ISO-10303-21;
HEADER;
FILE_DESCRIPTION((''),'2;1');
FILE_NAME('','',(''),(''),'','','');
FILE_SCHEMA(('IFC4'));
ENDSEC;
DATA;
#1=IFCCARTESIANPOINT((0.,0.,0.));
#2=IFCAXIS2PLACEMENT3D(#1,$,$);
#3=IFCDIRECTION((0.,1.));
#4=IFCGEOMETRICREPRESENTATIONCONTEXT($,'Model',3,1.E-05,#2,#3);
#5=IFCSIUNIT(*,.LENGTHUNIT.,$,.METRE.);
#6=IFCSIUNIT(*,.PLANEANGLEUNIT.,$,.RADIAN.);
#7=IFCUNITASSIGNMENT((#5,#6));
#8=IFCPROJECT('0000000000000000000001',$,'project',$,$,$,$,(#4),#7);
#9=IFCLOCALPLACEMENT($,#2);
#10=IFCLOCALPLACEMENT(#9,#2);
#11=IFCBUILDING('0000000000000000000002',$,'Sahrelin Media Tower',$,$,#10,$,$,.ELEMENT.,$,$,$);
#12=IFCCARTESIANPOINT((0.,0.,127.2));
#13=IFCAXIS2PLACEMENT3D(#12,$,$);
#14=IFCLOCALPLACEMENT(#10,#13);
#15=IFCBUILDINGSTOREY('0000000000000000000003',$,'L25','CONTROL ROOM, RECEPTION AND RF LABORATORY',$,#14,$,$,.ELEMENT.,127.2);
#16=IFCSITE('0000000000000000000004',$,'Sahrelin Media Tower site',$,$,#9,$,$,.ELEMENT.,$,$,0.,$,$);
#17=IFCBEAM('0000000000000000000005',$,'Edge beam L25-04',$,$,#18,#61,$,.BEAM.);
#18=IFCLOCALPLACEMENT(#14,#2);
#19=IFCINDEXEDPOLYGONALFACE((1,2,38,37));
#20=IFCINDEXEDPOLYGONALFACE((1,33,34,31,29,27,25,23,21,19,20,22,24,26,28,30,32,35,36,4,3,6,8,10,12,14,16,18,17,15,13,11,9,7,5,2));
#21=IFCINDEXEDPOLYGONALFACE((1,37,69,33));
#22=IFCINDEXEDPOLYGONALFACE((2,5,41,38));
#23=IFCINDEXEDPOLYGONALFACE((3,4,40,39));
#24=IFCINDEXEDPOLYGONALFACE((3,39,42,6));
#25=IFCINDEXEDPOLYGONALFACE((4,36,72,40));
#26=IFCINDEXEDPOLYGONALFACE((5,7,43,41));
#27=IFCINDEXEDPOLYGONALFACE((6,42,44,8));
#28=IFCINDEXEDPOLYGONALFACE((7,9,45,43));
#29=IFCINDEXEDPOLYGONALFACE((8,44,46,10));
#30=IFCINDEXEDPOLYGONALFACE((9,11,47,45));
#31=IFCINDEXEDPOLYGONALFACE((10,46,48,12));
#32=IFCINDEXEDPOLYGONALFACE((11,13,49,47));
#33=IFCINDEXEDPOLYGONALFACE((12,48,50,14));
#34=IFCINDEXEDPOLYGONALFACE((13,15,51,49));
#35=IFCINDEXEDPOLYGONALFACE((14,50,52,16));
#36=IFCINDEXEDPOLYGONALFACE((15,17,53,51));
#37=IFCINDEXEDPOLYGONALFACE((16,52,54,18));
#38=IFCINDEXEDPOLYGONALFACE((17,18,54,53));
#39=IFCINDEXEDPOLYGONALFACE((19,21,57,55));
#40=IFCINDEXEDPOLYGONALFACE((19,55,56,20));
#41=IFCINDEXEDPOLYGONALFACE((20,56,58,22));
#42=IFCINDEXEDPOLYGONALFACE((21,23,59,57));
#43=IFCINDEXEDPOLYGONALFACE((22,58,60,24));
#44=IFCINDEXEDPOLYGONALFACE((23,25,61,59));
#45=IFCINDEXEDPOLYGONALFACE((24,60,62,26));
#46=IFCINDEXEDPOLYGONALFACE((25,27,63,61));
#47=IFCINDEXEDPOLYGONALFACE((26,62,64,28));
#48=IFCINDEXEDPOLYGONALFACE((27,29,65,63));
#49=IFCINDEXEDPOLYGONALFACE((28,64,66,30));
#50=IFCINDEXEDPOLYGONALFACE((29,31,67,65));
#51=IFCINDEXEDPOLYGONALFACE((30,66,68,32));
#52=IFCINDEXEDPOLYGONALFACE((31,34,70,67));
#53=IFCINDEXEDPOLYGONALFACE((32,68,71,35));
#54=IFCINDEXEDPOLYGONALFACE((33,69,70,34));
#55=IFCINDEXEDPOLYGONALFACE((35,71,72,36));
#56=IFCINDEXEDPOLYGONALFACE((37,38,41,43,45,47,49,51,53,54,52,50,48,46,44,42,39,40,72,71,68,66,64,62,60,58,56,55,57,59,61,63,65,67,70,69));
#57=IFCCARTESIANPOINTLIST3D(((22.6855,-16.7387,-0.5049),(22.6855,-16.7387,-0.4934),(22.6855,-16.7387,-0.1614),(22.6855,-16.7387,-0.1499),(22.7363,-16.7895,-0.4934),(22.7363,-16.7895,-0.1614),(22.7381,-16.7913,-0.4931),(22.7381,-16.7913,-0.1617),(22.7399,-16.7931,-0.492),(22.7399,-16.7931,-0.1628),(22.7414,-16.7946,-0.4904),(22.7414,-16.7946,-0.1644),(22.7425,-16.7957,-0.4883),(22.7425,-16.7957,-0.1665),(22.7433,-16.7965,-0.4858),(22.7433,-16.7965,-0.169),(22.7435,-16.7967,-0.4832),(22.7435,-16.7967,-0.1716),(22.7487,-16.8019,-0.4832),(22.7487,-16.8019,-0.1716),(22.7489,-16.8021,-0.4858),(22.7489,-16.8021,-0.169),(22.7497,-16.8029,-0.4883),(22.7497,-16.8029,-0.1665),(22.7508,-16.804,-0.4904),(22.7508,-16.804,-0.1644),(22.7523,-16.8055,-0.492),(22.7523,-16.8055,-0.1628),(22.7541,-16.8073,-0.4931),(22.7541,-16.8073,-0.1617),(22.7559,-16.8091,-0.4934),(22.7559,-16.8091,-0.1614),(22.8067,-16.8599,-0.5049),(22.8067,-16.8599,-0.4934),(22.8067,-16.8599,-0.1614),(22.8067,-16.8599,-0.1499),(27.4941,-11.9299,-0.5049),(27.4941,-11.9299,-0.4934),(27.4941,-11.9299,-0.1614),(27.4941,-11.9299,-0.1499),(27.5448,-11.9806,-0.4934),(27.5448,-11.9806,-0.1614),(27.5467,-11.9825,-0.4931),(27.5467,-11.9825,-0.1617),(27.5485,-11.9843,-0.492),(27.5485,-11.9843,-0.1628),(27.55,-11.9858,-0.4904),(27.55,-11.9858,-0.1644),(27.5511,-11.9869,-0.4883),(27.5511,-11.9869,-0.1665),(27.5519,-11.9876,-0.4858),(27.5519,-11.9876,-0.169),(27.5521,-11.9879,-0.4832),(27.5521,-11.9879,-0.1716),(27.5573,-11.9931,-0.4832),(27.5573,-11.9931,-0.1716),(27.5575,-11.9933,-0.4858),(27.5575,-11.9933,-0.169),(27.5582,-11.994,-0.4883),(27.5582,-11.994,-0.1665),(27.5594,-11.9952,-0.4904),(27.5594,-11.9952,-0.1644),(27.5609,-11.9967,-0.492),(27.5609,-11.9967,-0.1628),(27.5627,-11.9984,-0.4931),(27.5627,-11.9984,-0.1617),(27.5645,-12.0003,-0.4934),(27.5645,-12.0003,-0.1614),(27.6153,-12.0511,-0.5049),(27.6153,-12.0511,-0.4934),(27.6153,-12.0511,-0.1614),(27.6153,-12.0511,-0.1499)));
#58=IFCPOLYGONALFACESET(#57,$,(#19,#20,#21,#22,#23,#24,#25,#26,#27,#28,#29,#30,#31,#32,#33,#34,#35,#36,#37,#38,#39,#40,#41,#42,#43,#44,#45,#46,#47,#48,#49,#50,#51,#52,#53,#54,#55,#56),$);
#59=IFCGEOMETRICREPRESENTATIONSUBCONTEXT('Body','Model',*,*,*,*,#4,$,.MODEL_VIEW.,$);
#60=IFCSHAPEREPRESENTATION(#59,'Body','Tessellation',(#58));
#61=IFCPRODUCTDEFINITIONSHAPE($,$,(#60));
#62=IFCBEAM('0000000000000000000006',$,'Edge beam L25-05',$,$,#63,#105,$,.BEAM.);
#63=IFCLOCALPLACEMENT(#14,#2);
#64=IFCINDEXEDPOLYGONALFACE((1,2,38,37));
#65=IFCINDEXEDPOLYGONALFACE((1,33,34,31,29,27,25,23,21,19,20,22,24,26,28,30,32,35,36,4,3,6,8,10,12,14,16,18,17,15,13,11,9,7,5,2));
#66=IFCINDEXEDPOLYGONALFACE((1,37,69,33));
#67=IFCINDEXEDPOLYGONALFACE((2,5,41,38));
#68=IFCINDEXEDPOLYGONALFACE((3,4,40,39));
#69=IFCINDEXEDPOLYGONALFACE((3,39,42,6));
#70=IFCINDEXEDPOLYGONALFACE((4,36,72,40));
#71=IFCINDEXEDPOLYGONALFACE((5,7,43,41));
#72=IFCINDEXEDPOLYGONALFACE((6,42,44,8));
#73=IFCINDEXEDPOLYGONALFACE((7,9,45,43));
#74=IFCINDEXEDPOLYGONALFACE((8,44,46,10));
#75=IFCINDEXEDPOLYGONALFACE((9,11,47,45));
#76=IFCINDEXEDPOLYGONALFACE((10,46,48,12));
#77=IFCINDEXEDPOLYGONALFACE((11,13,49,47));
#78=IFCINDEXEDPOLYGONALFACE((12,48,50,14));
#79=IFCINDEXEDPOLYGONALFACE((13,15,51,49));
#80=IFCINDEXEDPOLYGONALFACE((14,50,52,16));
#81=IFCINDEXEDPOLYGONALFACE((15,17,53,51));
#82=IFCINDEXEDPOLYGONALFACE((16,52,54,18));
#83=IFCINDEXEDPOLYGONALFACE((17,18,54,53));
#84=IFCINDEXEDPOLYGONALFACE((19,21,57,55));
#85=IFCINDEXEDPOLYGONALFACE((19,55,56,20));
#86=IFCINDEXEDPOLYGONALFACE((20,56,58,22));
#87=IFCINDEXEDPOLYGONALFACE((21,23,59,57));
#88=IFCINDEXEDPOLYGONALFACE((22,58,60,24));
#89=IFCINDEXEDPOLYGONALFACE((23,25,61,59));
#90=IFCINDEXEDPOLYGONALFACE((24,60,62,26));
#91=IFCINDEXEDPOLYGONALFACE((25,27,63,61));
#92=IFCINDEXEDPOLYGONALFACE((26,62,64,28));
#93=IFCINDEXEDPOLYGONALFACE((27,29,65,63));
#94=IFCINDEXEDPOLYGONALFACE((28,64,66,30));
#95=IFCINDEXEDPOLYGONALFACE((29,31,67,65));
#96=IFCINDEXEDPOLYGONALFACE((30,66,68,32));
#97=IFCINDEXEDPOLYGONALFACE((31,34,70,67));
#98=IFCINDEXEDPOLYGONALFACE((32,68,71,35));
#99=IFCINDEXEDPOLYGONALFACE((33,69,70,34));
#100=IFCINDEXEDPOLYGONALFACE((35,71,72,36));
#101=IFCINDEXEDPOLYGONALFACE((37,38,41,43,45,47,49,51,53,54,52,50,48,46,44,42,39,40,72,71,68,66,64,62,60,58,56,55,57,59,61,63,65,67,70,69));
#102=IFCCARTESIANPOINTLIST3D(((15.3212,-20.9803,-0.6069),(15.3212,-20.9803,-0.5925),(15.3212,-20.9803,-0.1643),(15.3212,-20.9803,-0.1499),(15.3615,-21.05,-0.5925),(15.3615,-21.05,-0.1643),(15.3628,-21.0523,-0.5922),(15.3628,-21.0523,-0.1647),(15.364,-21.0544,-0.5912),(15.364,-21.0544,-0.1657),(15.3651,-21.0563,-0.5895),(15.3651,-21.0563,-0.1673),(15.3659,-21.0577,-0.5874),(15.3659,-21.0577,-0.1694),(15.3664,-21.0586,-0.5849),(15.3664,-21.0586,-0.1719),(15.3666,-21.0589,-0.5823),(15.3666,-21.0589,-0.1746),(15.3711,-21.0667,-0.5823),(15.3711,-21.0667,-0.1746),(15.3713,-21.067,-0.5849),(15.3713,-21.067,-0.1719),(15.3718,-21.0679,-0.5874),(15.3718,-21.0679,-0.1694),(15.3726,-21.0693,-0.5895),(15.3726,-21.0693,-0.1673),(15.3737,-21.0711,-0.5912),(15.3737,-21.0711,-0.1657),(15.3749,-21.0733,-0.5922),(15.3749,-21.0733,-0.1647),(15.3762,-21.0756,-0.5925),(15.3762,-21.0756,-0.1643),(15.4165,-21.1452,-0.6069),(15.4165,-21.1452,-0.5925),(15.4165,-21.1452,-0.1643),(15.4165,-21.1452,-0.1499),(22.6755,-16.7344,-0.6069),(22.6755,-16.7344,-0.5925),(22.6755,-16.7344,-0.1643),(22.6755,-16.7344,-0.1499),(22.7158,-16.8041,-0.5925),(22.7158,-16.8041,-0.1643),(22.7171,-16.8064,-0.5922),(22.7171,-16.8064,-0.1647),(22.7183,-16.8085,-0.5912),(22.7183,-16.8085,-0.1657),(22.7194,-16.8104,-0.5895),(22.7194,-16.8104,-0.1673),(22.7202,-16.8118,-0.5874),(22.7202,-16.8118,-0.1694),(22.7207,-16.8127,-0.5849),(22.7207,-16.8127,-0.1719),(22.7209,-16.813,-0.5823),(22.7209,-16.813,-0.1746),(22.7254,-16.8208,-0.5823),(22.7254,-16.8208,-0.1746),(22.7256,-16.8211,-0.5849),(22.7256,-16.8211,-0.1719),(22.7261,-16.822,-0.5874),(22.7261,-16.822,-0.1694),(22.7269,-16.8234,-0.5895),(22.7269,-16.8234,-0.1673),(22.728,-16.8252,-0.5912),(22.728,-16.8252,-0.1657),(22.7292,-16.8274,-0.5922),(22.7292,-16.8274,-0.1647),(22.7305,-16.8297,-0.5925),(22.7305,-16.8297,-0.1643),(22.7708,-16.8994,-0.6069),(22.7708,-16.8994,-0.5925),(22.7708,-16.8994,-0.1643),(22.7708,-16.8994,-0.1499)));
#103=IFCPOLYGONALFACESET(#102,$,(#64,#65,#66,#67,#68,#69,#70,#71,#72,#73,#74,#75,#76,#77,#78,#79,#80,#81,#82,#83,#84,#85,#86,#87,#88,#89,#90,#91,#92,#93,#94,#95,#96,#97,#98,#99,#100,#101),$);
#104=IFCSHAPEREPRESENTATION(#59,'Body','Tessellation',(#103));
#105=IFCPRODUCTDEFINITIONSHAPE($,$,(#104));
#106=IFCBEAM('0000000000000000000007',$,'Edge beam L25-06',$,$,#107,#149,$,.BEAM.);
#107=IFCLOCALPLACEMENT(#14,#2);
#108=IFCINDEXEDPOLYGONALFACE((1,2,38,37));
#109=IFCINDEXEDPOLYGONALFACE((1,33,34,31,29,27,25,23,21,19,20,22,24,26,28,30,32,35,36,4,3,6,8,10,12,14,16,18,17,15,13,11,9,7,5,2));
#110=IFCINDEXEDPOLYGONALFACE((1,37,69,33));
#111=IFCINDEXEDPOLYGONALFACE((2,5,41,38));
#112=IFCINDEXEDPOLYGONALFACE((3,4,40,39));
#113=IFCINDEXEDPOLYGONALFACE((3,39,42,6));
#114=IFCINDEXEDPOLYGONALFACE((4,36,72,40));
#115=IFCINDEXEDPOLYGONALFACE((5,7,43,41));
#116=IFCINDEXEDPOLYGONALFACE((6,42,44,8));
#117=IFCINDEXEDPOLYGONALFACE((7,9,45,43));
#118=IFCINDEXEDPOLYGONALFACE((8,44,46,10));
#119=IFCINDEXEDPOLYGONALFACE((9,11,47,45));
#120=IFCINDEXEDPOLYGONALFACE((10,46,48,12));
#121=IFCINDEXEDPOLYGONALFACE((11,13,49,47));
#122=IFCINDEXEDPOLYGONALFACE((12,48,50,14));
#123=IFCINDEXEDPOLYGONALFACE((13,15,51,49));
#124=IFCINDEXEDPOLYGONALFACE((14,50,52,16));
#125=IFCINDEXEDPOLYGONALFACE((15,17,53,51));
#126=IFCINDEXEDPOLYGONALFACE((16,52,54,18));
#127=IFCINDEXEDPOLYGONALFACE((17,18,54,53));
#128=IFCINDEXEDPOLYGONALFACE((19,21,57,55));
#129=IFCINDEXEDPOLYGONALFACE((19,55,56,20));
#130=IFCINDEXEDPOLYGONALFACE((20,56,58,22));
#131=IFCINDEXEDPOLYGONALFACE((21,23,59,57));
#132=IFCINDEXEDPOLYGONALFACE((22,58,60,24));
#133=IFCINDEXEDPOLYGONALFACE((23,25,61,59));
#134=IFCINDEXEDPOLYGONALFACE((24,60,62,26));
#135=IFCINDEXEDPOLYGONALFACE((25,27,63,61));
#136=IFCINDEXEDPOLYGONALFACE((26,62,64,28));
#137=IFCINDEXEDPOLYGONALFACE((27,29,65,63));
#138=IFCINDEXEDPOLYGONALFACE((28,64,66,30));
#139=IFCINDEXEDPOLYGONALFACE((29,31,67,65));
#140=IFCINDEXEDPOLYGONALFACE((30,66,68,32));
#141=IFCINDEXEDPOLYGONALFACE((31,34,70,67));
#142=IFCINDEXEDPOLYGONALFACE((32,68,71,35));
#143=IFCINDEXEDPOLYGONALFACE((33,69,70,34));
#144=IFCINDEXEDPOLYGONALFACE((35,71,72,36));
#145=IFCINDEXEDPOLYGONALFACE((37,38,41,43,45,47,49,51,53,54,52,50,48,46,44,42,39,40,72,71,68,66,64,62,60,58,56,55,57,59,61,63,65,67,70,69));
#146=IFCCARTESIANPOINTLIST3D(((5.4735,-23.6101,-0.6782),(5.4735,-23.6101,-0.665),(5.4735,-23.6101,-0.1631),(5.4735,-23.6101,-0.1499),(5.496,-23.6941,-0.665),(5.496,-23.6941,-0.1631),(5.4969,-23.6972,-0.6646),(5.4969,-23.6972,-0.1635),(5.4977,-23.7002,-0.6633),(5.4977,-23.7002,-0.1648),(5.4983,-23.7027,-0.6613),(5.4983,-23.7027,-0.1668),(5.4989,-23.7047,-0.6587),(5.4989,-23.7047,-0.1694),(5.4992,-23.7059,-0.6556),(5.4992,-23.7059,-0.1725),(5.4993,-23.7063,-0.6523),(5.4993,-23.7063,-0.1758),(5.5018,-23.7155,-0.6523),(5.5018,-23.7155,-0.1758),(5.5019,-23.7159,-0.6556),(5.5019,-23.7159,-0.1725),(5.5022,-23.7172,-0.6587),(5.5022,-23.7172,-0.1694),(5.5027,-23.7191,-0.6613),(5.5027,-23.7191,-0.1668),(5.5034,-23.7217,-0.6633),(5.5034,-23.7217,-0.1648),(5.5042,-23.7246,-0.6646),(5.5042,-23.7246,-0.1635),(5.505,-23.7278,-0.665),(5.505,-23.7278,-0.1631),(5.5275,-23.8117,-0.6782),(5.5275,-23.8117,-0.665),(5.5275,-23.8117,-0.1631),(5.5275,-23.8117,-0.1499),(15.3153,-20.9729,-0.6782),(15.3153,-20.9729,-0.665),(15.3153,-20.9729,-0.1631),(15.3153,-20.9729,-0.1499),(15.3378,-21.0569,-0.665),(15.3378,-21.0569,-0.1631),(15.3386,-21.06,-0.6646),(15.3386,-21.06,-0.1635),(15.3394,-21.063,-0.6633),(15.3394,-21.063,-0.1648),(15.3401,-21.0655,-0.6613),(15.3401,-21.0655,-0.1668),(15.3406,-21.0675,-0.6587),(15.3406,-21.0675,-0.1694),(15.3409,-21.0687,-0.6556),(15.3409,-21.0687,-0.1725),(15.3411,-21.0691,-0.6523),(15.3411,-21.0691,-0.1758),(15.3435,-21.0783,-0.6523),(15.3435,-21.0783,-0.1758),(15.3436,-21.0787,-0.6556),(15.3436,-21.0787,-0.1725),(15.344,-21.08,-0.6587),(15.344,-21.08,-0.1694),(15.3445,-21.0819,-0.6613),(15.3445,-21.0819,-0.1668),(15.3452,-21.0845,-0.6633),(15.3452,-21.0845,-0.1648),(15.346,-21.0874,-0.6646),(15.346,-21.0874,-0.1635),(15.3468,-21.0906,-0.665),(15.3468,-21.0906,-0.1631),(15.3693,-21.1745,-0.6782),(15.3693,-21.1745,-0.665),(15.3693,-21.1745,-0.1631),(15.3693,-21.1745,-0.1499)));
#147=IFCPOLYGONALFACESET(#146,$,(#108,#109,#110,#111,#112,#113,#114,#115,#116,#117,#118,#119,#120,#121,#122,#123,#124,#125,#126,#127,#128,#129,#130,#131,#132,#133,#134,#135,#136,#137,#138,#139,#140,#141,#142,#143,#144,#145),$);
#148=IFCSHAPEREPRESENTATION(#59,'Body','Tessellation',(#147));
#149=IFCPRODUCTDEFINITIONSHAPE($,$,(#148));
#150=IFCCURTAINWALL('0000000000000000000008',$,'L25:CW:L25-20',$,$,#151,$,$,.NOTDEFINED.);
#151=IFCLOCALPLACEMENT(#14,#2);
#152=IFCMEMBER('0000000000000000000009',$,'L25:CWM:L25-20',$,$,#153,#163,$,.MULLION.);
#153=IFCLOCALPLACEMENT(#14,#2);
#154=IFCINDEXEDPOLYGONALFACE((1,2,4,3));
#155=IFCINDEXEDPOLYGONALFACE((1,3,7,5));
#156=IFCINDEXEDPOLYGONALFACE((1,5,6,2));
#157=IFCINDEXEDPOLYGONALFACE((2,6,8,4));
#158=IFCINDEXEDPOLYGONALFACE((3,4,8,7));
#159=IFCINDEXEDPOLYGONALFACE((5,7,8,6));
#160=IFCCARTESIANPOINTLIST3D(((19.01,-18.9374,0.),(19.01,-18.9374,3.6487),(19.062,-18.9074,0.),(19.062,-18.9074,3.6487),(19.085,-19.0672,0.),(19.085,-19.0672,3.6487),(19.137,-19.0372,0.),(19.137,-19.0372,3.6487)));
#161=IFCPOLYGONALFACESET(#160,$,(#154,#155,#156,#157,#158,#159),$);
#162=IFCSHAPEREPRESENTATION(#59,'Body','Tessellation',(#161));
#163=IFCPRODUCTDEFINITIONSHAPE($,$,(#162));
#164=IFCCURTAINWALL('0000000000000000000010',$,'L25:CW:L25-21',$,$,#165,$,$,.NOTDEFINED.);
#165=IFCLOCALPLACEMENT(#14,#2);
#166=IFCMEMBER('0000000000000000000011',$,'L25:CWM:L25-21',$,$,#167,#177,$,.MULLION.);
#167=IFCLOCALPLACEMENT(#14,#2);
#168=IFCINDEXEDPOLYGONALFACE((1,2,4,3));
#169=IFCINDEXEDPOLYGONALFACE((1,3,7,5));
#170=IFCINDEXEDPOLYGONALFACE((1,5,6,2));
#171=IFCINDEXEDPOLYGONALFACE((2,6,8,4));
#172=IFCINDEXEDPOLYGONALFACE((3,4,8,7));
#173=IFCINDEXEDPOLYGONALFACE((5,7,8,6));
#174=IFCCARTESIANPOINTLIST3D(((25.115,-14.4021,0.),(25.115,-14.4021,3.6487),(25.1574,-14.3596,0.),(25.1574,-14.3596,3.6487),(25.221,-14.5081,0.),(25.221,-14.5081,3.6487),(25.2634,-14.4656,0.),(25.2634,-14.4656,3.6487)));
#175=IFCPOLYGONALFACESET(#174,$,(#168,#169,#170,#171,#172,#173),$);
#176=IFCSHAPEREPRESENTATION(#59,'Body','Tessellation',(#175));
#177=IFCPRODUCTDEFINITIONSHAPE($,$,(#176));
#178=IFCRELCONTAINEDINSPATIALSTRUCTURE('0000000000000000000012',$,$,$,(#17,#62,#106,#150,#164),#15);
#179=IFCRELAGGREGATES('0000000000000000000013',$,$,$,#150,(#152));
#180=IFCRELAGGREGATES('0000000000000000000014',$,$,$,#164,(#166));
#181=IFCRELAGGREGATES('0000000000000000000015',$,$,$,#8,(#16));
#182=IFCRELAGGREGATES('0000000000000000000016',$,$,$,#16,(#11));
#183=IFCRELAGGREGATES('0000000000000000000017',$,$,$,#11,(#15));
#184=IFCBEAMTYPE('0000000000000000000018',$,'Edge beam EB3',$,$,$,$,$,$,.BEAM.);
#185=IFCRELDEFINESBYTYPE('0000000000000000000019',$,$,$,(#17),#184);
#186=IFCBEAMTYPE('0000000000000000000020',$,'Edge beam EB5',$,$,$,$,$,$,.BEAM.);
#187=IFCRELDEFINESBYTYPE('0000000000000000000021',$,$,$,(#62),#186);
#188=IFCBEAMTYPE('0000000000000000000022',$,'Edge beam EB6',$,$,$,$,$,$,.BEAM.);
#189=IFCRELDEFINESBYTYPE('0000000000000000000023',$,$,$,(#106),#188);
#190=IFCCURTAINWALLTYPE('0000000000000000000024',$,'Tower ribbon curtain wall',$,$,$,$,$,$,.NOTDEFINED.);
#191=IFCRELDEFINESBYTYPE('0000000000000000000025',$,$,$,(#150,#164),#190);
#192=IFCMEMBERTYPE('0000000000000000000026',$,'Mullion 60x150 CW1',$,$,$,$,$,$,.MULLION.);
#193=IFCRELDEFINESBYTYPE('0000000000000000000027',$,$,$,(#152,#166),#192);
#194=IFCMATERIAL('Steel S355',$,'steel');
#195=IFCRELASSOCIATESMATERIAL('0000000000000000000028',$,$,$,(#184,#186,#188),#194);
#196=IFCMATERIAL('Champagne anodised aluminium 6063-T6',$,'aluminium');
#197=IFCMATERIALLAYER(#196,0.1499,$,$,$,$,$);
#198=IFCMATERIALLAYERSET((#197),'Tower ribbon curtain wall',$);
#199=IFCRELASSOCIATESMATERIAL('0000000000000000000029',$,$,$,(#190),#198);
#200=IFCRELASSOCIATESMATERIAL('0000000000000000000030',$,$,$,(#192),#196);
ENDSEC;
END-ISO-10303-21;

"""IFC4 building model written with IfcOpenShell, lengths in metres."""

from ifc_helpers import new_model, si_unit, direction, frame, origin, origin_2d, place, context, subcontext, project, spatial, rectangle, i_section, extrude, material, layer, layer_set, material_profile, profile_set, type_object, element, aggregate, save


model = new_model("IFC4")

# Units and contexts
model_context = context("Model", 3, precision=1e-05, world=origin(), true_north=direction((0.0, 1.0)))
body_context = subcontext(model_context, "Body", "Model", "MODEL_VIEW")
ifc_project = project(units=[si_unit("LENGTHUNIT", "METRE"), si_unit("PLANEANGLEUNIT", "RADIAN")], contexts=[model_context])

# Site, building, storey
site_placement = place(None, origin())
site = spatial("IfcSite", under=ifc_project, at=site_placement, Name="Sahrelin Media Tower site", CompositionType="ELEMENT", RefElevation=0.0)
building_placement = place(site_placement, origin())
building = spatial("IfcBuilding", under=site, at=building_placement, Name="Sahrelin Media Tower", CompositionType="ELEMENT")
storey_placement = place(building_placement, frame((0.0, 0.0, 127.2)))
storey = spatial("IfcBuildingStorey", under=building, at=storey_placement, Name="L25", Description="CONTROL ROOM, RECEPTION AND RF LABORATORY", CompositionType="ELEMENT", Elevation=127.2)

# Beams
ifc_material_1 = material(Name="Steel S355", Category="steel")
ifc_material_profile_1 = material_profile(ifc_material_1, i_section(OverallWidth=0.1714, OverallDepth=0.355, WebThickness=0.0073, FlangeThickness=0.0115, FilletRadius=0.0103, at=origin_2d()), Name="UB 356x171x51")
ifc_profile_set_1 = profile_set([ifc_material_profile_1], Name="Steel S355")
beam_type_1 = type_object("IfcBeamType", Name="Edge beam EB3", PredefinedType="BEAM", material=ifc_profile_set_1)
beam_1_placement = place(storey_placement, frame((27.5547, -11.9905, -0.3274), z_axis=(-0.707089, -0.707125, 0.0), x_axis=(0.707125, -0.707089, 0.0)))
element("IfcBeam", 1, at=beam_1_placement, inside=storey, type_object=beam_type_1, Name="Edge beam L25-04", PredefinedType="BEAM", context=body_context, shape_type="SweptSolid", body=[
    extrude(i_section(OverallWidth=0.1714, OverallDepth=0.355, WebThickness=0.0073, FlangeThickness=0.0115, FilletRadius=0.0103, at=origin_2d()), origin(), (0.0, 0.0, 1.0), 6.8005),
])
ifc_material_profile_2 = material_profile(ifc_material_1, i_section(OverallWidth=0.1904, OverallDepth=0.457, WebThickness=0.009, FlangeThickness=0.0144, FilletRadius=0.0103, at=origin_2d()), Name="UB 457x191x74")
ifc_profile_set_2 = profile_set([ifc_material_profile_2], Name="Steel S355")
beam_type_2 = type_object("IfcBeamType", Name="Edge beam EB5", PredefinedType="BEAM", material=ifc_profile_set_2)
beam_2_placement = place(storey_placement, frame((22.7231, -16.8169, -0.3784), z_axis=(-0.866032, -0.499989, 0.0), x_axis=(0.499989, -0.866032, 0.0)))
element("IfcBeam", 2, at=beam_2_placement, inside=storey, type_object=beam_type_2, Name="Edge beam L25-05", PredefinedType="BEAM", context=body_context, shape_type="SweptSolid", body=[
    extrude(i_section(OverallWidth=0.1904, OverallDepth=0.457, WebThickness=0.009, FlangeThickness=0.0144, FilletRadius=0.0103, at=origin_2d()), origin(), (0.0, 0.0, 1.0), 8.4919),
])
ifc_material_profile_3 = material_profile(ifc_material_1, i_section(OverallWidth=0.2087, OverallDepth=0.5283, WebThickness=0.0095, FlangeThickness=0.0132, FilletRadius=0.0127, at=origin_2d()), Name="UB 533x210x82")
ifc_profile_set_3 = profile_set([ifc_material_profile_3], Name="Steel S355")
beam_type_3 = type_object("IfcBeamType", Name="Edge beam EB6", PredefinedType="BEAM", material=ifc_profile_set_3)
beam_3_placement = place(storey_placement, frame((15.3423, -21.0737, -0.4141), z_axis=(-0.965923, -0.258829, 0.0), x_axis=(0.258829, -0.965923, 0.0)))
element("IfcBeam", 3, at=beam_3_placement, inside=storey, type_object=beam_type_3, Name="Edge beam L25-06", PredefinedType="BEAM", context=body_context, shape_type="SweptSolid", body=[
    extrude(i_section(OverallWidth=0.2087, OverallDepth=0.5283, WebThickness=0.0095, FlangeThickness=0.0132, FilletRadius=0.0127, at=origin_2d()), origin(), (0.0, 0.0, 1.0), 10.189),
])

# Curtain walls, members
ifc_material_2 = material(Name="Champagne anodised aluminium 6063-T6", Category="aluminium")
ifc_layer_1 = layer(ifc_material_2, 0.1499)
ifc_layer_set_1 = layer_set([ifc_layer_1], Name="Tower ribbon curtain wall")
curtain_wall_type = type_object("IfcCurtainWallType", Name="Tower ribbon curtain wall", PredefinedType="NOTDEFINED", material=ifc_layer_set_1)
curtain_wall_1_placement = place(storey_placement, frame((19.1211, -19.0696, 0.0), z_axis=(0.0, 0.0, 1.0), x_axis=(1.0, 0.0, 0.0)))
curtain_wall_1 = element("IfcCurtainWall", 4, at=curtain_wall_1_placement, inside=storey, type_object=curtain_wall_type, Name="L25:CW:L25-20", PredefinedType="NOTDEFINED")
ifc_material_profile_4 = material_profile(ifc_material_2, rectangle(XDim=0.0601, YDim=0.1499, at=origin_2d()), Name="Mullion 60x150")
ifc_profile_set_4 = profile_set([ifc_material_profile_4], Name="Champagne anodised aluminium 6063-T6")
member_type_1 = type_object("IfcMemberType", Name="Mullion 60x150 CW1", PredefinedType="MULLION", material=ifc_profile_set_4)
member_1_placement = place(storey_placement, frame((19.0735, -18.9873, 0.0), z_axis=(0.0, 0.0, 1.0), x_axis=(0.866028, 0.499995, 0.0)))
member_1 = element("IfcMember", 5, at=member_1_placement, type_object=member_type_1, Name="L25:CWM:L25-20", PredefinedType="MULLION", context=body_context, shape_type="SweptSolid", body=[
    extrude(rectangle(XDim=0.0601, YDim=0.1499, at=origin_2d()), origin(), (0.0, 0.0, 1.0), 3.6487),
])
curtain_wall_2_placement = place(storey_placement, frame((25.2563, -14.501, 0.0), z_axis=(0.0, 0.0, 1.0), x_axis=(1.0, 0.0, 0.0)))
curtain_wall_2 = element("IfcCurtainWall", 6, at=curtain_wall_2_placement, inside=storey, type_object=curtain_wall_type, Name="L25:CW:L25-21", PredefinedType="NOTDEFINED")
member_2_placement = place(storey_placement, frame((25.1892, -14.4338, 0.0), z_axis=(0.0, 0.0, 1.0), x_axis=(0.707099, 0.707114, 0.0)))
member_2 = element("IfcMember", 7, at=member_2_placement, type_object=member_type_1, Name="L25:CWM:L25-21", PredefinedType="MULLION", context=body_context, shape_type="SweptSolid", body=[
    extrude(rectangle(XDim=0.0601, YDim=0.1499, at=origin_2d()), origin(), (0.0, 0.0, 1.0), 3.6487),
])

aggregate(curtain_wall_1, [member_1])
aggregate(curtain_wall_2, [member_2])

save(model, "model.ifc")
